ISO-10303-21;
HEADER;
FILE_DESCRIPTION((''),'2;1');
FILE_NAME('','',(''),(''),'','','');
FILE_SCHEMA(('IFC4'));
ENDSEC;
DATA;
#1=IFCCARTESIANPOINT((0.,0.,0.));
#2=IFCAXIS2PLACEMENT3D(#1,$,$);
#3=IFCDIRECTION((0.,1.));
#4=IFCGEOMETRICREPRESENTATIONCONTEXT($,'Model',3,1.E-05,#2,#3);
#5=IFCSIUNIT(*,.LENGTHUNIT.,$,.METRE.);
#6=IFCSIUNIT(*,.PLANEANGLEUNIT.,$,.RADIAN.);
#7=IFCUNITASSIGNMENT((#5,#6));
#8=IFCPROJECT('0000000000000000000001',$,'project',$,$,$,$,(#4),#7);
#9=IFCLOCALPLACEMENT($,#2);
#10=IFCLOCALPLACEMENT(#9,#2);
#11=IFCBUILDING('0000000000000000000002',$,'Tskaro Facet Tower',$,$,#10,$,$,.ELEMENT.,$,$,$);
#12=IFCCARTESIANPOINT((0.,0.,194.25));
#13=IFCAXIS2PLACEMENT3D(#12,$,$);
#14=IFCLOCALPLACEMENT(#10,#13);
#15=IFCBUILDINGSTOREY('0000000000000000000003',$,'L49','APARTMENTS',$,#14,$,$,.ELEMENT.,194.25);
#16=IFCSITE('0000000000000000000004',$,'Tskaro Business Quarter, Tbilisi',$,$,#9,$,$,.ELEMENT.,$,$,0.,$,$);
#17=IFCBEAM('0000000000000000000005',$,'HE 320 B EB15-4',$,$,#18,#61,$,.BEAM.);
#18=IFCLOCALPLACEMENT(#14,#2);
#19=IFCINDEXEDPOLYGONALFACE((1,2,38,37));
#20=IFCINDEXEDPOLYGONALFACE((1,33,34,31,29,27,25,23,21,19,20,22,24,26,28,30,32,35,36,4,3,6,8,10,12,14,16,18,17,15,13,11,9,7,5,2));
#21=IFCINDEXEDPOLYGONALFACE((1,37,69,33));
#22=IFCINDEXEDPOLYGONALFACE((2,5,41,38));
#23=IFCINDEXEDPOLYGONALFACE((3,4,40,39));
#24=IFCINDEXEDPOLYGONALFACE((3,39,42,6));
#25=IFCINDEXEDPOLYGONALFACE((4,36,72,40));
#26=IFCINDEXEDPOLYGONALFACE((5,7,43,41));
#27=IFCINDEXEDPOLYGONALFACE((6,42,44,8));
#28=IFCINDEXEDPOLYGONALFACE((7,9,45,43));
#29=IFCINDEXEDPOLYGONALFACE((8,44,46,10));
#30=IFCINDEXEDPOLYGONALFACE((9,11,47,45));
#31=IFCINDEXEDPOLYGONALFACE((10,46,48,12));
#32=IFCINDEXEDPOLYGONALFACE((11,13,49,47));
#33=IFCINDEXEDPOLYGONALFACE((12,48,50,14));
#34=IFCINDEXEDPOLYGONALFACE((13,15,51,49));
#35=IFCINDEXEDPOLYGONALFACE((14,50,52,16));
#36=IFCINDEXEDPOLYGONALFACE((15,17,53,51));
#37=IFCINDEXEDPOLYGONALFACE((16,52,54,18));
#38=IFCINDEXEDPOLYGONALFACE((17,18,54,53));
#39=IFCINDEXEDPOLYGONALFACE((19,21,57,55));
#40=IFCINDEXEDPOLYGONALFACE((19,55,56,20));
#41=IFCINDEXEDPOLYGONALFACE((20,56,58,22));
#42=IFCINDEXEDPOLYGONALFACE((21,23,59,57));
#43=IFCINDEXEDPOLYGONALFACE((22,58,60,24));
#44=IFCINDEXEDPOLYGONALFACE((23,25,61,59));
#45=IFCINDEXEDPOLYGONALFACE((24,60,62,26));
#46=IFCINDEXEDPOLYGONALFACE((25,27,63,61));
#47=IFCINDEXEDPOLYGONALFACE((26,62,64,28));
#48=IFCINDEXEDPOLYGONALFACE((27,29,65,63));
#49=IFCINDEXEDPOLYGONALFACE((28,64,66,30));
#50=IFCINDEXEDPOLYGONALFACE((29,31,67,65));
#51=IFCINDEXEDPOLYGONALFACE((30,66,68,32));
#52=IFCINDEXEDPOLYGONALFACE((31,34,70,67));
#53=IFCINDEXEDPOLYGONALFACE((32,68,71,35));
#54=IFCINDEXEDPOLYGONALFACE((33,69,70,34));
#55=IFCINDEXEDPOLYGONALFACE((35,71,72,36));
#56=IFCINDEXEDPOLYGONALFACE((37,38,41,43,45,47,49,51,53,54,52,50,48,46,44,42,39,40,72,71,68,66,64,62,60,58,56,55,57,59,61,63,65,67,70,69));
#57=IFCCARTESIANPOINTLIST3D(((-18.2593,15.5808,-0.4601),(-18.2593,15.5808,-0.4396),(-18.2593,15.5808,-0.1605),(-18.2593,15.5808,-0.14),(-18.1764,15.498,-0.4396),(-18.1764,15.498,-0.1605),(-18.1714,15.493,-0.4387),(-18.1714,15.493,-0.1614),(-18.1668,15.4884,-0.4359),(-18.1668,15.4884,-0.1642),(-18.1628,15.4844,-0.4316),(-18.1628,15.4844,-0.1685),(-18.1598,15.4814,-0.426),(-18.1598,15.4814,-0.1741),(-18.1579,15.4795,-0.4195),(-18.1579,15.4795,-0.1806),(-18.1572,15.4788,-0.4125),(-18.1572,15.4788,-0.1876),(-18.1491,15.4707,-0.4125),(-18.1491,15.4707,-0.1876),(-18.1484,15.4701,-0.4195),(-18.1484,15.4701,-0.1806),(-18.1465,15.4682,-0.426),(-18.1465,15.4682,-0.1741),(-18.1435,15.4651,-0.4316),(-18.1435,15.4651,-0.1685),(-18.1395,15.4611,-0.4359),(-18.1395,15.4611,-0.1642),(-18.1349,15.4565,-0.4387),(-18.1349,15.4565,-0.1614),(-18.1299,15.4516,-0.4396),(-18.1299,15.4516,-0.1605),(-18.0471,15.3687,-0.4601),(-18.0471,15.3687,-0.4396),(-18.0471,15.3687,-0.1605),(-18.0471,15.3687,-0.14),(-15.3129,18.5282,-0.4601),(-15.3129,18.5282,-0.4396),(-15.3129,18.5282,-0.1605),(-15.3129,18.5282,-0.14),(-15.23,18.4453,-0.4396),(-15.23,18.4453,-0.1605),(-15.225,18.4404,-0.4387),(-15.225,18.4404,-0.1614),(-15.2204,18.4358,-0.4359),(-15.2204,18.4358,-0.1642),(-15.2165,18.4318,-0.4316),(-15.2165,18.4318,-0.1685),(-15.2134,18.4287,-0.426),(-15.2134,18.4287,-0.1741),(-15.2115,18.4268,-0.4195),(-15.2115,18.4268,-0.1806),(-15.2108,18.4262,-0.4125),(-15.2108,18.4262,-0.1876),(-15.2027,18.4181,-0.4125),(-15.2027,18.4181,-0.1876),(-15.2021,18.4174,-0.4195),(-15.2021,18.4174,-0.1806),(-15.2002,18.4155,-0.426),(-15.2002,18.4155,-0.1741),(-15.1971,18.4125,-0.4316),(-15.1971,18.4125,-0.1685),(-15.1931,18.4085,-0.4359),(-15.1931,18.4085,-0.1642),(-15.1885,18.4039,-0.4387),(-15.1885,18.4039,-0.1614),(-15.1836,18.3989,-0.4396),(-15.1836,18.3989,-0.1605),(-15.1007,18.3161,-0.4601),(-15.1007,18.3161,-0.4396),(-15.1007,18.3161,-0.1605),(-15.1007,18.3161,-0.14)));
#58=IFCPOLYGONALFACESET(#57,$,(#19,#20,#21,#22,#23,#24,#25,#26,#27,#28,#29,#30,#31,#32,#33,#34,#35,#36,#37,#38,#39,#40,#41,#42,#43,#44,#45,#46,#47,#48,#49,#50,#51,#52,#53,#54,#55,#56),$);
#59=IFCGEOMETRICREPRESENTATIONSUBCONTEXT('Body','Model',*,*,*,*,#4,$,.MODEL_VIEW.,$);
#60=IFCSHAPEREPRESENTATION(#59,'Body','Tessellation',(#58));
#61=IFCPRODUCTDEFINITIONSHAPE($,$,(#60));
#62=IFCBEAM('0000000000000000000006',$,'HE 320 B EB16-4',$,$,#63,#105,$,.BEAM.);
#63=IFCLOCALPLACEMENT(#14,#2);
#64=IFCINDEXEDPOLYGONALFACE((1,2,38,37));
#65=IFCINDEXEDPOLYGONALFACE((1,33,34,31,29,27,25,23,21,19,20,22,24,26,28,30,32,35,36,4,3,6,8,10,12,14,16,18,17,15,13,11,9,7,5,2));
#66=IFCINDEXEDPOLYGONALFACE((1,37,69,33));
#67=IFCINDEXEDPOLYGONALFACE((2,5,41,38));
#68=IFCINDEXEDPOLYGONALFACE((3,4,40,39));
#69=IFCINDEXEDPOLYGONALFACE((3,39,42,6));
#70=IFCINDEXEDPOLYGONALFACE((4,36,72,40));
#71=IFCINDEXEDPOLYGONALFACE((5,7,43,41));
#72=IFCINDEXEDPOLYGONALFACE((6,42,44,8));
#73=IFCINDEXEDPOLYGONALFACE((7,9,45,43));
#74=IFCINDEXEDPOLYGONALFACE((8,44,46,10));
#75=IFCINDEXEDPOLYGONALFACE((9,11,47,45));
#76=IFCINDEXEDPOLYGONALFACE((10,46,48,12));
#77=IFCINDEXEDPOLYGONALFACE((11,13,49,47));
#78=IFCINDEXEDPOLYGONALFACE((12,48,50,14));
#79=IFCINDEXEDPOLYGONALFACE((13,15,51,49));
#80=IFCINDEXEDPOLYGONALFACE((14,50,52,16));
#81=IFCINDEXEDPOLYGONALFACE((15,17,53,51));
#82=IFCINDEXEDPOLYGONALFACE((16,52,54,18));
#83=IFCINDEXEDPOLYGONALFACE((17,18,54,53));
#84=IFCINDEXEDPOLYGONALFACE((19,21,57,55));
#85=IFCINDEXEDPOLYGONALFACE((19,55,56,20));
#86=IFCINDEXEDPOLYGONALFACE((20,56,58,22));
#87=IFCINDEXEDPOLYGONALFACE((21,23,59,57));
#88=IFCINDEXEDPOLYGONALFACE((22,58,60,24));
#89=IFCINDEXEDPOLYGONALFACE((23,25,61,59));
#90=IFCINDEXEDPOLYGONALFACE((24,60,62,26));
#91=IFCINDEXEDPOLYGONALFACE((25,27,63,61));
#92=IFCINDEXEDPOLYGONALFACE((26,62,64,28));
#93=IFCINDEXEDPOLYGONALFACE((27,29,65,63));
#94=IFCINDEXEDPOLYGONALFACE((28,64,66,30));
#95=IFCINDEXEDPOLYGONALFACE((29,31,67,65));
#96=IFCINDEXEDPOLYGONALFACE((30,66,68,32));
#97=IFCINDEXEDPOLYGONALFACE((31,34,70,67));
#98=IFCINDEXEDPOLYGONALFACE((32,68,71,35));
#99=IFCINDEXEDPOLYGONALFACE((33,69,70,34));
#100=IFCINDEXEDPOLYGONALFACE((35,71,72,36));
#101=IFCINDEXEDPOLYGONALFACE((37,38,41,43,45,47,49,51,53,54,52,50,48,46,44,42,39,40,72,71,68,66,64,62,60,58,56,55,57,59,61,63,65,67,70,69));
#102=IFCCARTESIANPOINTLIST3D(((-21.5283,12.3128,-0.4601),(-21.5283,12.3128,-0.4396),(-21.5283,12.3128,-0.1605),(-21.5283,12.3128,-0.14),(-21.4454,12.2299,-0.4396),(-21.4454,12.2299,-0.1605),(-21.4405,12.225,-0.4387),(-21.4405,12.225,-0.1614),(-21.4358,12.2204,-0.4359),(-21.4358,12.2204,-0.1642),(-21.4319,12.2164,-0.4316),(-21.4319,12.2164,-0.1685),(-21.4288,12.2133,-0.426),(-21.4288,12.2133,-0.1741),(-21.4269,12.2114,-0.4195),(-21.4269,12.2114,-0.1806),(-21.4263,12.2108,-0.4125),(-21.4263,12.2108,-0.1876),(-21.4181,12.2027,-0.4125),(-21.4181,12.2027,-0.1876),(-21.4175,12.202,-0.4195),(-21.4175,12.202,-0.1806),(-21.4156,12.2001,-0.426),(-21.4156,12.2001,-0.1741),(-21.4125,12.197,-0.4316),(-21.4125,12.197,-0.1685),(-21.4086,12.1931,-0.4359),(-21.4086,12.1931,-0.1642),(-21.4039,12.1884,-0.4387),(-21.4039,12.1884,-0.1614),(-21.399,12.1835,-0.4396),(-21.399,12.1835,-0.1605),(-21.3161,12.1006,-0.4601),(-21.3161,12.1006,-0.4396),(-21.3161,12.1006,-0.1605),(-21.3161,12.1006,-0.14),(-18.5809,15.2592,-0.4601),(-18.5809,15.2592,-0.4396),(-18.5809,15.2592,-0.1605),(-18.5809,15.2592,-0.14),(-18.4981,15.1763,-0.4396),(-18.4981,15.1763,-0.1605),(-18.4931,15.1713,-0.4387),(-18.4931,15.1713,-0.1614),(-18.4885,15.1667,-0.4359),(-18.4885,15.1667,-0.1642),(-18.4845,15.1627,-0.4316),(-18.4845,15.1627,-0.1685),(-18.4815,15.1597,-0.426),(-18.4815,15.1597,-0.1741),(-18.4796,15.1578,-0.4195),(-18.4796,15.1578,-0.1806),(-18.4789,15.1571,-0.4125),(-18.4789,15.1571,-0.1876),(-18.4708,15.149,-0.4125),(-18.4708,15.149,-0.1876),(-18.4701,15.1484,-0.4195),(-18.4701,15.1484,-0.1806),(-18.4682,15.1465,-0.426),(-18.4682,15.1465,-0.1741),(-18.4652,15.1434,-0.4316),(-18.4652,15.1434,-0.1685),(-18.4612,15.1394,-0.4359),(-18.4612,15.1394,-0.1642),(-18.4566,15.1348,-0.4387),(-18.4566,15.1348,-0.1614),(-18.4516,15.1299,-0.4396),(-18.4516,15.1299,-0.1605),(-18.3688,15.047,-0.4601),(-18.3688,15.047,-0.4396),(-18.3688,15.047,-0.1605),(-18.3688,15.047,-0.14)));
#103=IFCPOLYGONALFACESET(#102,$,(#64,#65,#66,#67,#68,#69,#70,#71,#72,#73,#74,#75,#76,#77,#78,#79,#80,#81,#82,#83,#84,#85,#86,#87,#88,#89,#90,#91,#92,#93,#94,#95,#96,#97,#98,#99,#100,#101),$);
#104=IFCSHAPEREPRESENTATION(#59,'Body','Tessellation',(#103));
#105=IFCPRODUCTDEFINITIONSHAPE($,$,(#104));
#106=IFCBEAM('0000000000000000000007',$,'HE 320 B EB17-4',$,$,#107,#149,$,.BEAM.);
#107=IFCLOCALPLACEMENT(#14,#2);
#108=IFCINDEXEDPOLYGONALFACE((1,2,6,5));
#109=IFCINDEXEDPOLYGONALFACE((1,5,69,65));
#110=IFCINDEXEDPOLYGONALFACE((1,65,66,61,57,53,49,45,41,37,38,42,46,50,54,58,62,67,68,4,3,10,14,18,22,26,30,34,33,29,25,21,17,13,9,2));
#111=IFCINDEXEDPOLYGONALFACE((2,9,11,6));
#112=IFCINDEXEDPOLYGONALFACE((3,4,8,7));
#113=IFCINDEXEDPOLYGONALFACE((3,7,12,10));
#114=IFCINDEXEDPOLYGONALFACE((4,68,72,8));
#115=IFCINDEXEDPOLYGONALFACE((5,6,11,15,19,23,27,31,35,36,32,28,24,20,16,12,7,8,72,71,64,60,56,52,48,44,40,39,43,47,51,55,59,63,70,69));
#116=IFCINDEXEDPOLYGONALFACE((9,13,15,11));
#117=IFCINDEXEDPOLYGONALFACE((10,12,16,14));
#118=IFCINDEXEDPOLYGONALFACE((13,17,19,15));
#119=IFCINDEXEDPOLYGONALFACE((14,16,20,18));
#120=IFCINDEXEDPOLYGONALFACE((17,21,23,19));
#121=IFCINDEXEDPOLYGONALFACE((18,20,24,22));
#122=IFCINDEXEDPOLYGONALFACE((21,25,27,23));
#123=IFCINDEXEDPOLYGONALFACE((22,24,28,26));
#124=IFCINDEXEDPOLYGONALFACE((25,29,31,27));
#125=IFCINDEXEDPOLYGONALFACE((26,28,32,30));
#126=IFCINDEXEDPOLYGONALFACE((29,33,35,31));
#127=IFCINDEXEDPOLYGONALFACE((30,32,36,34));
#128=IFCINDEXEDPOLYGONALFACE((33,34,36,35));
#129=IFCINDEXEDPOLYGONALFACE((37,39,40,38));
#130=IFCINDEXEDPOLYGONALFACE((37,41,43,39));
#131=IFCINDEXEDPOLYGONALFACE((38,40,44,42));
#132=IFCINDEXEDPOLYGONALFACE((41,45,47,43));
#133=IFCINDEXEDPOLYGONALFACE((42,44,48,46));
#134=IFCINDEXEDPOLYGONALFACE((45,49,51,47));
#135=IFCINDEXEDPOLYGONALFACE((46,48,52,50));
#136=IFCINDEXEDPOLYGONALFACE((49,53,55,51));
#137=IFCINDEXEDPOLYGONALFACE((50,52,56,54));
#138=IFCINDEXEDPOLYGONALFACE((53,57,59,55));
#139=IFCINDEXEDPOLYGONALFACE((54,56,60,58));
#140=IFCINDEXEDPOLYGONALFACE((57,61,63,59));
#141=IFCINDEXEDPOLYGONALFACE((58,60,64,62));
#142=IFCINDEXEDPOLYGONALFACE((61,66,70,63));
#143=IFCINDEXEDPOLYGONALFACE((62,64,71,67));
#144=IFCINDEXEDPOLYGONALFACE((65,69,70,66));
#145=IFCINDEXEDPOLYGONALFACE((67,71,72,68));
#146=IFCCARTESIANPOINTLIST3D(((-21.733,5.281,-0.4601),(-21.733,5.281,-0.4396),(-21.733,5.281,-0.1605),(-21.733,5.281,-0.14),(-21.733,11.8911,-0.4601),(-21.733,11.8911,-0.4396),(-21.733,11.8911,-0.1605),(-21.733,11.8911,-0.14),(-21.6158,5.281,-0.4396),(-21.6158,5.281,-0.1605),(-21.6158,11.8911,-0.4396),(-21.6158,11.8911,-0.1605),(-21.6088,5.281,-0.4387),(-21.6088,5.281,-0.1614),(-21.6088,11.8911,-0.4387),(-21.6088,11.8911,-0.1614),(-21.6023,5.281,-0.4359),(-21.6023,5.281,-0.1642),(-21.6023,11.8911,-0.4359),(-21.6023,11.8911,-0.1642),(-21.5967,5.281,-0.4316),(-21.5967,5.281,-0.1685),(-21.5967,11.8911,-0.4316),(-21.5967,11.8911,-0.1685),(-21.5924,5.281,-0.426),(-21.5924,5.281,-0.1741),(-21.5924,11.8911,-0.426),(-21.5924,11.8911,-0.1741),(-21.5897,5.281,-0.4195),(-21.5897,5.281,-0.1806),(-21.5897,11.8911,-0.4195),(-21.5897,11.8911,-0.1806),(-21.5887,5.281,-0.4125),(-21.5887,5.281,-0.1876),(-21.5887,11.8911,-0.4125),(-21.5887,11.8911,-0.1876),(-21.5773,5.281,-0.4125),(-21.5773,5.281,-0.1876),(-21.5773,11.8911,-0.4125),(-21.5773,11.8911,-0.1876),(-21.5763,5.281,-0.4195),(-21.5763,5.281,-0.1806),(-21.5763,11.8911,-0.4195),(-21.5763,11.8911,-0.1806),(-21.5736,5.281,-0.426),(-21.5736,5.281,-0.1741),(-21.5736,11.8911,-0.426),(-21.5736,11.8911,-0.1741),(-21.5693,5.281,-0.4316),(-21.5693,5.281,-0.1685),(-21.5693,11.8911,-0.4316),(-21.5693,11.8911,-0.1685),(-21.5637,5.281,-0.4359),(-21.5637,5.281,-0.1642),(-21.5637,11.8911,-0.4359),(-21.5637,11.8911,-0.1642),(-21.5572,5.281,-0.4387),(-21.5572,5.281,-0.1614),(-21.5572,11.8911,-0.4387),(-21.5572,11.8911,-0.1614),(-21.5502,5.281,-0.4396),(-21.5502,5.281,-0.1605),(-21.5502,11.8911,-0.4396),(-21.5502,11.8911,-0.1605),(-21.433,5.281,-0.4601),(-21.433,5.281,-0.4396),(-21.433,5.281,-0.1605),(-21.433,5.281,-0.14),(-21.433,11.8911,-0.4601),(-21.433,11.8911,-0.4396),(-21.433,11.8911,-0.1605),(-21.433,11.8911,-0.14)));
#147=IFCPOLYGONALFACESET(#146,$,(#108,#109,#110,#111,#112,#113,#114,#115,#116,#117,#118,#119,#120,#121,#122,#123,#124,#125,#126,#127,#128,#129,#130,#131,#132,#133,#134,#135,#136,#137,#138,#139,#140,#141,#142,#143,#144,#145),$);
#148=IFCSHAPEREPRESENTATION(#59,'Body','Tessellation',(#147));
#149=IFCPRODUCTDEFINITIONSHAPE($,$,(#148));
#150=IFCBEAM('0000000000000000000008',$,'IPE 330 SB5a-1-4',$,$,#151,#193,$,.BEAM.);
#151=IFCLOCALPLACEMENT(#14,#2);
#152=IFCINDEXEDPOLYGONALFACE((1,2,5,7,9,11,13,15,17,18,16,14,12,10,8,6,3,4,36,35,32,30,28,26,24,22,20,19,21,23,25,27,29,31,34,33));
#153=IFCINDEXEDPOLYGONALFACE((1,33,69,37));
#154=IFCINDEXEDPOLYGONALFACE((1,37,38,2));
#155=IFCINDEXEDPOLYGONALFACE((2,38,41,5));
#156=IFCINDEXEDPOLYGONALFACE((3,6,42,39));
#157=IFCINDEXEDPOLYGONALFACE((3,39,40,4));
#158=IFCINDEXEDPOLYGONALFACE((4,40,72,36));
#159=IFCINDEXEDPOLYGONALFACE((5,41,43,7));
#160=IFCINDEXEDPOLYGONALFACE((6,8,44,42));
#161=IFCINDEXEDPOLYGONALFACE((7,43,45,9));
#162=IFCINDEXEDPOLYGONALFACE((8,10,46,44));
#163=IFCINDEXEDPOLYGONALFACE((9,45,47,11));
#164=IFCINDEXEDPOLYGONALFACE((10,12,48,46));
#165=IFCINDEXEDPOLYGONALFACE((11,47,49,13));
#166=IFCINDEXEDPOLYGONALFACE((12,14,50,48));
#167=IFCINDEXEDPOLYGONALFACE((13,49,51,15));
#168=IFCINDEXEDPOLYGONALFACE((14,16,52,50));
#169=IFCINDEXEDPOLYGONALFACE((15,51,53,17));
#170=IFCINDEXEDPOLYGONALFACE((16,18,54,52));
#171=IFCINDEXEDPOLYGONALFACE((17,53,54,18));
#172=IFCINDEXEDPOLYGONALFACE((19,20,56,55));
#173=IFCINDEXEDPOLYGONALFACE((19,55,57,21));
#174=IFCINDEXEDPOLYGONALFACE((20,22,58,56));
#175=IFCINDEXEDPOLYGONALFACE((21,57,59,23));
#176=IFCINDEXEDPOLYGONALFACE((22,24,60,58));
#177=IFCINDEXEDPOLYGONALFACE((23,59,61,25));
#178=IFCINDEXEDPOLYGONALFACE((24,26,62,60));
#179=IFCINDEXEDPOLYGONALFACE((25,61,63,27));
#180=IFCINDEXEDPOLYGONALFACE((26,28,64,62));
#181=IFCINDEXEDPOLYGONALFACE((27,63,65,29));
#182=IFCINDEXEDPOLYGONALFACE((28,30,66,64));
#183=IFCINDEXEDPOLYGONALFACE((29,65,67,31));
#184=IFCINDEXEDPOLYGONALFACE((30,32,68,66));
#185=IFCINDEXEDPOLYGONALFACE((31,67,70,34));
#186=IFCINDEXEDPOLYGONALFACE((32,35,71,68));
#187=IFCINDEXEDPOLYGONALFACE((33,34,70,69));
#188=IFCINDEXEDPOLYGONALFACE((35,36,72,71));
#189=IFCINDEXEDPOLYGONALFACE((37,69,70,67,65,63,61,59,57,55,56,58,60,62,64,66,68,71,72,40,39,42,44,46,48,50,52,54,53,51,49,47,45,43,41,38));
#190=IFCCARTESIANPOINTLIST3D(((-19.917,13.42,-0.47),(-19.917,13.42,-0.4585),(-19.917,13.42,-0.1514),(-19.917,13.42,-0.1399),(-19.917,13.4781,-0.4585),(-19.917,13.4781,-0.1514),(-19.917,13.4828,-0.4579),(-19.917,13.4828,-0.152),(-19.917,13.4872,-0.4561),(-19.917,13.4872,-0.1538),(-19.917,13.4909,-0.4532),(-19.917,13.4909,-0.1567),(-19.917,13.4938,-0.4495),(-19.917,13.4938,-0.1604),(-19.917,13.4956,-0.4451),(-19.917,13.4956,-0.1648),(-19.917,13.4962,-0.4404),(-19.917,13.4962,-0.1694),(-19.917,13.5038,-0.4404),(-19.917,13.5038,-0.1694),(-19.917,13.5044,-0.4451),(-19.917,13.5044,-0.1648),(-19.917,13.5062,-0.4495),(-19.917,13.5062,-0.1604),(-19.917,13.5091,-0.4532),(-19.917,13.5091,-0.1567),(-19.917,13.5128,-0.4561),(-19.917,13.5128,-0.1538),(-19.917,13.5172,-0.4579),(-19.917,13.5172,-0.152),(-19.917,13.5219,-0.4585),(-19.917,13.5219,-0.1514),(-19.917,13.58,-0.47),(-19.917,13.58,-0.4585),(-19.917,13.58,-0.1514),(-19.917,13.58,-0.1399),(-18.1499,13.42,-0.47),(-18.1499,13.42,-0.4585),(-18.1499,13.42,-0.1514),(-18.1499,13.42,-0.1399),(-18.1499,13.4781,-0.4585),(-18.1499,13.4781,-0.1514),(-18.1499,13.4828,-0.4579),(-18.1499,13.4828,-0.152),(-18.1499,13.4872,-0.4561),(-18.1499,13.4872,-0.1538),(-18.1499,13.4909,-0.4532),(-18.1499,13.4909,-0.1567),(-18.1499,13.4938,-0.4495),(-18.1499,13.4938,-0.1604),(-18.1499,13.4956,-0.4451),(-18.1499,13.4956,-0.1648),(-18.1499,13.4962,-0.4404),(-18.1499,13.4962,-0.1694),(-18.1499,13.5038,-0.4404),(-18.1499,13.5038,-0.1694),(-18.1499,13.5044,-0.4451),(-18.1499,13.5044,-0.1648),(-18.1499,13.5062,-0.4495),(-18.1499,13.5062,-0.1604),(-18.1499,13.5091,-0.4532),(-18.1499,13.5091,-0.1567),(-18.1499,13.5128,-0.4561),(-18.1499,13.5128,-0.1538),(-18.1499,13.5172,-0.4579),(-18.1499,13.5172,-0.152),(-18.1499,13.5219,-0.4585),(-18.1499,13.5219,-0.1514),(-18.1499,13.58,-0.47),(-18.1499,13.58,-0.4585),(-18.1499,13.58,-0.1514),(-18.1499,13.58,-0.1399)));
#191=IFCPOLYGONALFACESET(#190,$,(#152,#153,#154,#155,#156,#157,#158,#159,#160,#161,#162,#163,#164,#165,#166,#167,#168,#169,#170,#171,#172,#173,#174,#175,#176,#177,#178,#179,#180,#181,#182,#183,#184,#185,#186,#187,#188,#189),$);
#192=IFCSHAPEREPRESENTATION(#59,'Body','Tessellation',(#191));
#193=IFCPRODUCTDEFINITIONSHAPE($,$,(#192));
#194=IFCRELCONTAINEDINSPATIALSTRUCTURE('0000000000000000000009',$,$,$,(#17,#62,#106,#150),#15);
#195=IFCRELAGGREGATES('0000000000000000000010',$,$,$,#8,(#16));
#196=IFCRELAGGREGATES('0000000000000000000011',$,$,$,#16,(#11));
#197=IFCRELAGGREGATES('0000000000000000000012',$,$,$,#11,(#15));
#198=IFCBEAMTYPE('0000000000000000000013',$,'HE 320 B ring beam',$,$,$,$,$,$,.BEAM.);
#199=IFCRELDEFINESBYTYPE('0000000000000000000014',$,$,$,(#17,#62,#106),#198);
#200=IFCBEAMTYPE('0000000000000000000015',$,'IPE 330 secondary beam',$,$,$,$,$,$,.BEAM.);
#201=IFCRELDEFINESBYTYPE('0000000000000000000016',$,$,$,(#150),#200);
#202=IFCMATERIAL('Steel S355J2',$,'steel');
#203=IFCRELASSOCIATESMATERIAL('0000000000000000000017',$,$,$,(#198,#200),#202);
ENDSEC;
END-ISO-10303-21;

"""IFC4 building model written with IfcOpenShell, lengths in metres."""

from ifc_helpers import new_model, si_unit, direction, frame, origin, origin_2d, place, context, subcontext, project, spatial, i_section, extrude, material, material_profile, profile_set, type_object, element, save


model = new_model("IFC4")

# Units and contexts
model_context = context("Model", 3, precision=1e-05, world=origin(), true_north=direction((0.0, 1.0)))
body_context = subcontext(model_context, "Body", "Model", "MODEL_VIEW")
ifc_project = project(units=[si_unit("LENGTHUNIT", "METRE"), si_unit("PLANEANGLEUNIT", "RADIAN")], contexts=[model_context])

# Site, building, storey
site_placement = place(None, origin())
site = spatial("IfcSite", under=ifc_project, at=site_placement, Name="Tskaro Business Quarter, Tbilisi", CompositionType="ELEMENT", RefElevation=0.0)
building_placement = place(site_placement, origin())
building = spatial("IfcBuilding", under=site, at=building_placement, Name="Tskaro Facet Tower", CompositionType="ELEMENT")
storey_placement = place(building_placement, frame((0.0, 0.0, 194.25)))
storey = spatial("IfcBuildingStorey", under=building, at=storey_placement, Name="L49", Description="APARTMENTS", CompositionType="ELEMENT", Elevation=194.25)

# Beams
ifc_material_1 = material(Name="Steel S355J2", Category="steel")
ifc_material_profile_1 = material_profile(ifc_material_1, i_section(OverallWidth=0.3, OverallDepth=0.3201, WebThickness=0.0115, FlangeThickness=0.0205, FilletRadius=0.0271, at=origin_2d()), Name="HE 320 B")
ifc_profile_set_1 = profile_set([ifc_material_profile_1], Name="Steel S355J2")
beam_type_1 = type_object("IfcBeamType", Name="HE 320 B ring beam", PredefinedType="BEAM", material=ifc_profile_set_1)
for number, where, z_axis, x_axis, name in (
    (1, (-15.2068, 18.4221, -0.3), (-0.70699, -0.707224, 0.0), (0.707224, -0.70699, 0.0), "HE 320 B EB15-4"),
    (2, (-18.4749, 15.1531, -0.3), (-0.707224, -0.70699, 0.0), (0.70699, -0.707224, 0.0), "HE 320 B EB16-4"),
):
    element("IfcBeam", number, at=place(storey_placement, frame(where, z_axis=z_axis, x_axis=x_axis)), inside=storey, type_object=beam_type_1, Name=name, PredefinedType="BEAM", context=body_context, shape_type="SweptSolid", body=[
        extrude(i_section(OverallWidth=0.3, OverallDepth=0.3201, WebThickness=0.0115, FlangeThickness=0.0205, FilletRadius=0.0271, at=origin_2d()), origin(), (0.0, 0.0, 1.0), 4.1675),
    ])
beam_1_placement = place(storey_placement, frame((-21.583, 11.8911, -0.3), z_axis=(0.0, -1.0, 0.0), x_axis=(1.0, 0.0, 0.0)))
element("IfcBeam", 3, at=beam_1_placement, inside=storey, type_object=beam_type_1, Name="HE 320 B EB17-4", PredefinedType="BEAM", context=body_context, shape_type="SweptSolid", body=[
    extrude(i_section(OverallWidth=0.3, OverallDepth=0.3201, WebThickness=0.0115, FlangeThickness=0.0205, FilletRadius=0.0271, at=origin_2d()), origin(), (0.0, 0.0, 1.0), 6.6101),
])
ifc_material_profile_2 = material_profile(ifc_material_1, i_section(OverallWidth=0.1599, OverallDepth=0.3301, WebThickness=0.0076, FlangeThickness=0.0115, FilletRadius=0.0181, at=origin_2d()), Name="IPE 330")
ifc_profile_set_2 = profile_set([ifc_material_profile_2], Name="Steel S355J2")
beam_type_2 = type_object("IfcBeamType", Name="IPE 330 secondary beam", PredefinedType="BEAM", material=ifc_profile_set_2)
beam_2_placement = place(storey_placement, frame((-19.917, 13.5, -0.3049), z_axis=(1.0, 0.0, 0.0), x_axis=(0.0, 1.0, 0.0)))
element("IfcBeam", 4, at=beam_2_placement, inside=storey, type_object=beam_type_2, Name="IPE 330 SB5a-1-4", PredefinedType="BEAM", context=body_context, shape_type="SweptSolid", body=[
    extrude(i_section(OverallWidth=0.1599, OverallDepth=0.3301, WebThickness=0.0076, FlangeThickness=0.0115, FilletRadius=0.0181, at=origin_2d()), origin(), (0.0, 0.0, 1.0), 1.7671),
])

save(model, "model.ifc")
